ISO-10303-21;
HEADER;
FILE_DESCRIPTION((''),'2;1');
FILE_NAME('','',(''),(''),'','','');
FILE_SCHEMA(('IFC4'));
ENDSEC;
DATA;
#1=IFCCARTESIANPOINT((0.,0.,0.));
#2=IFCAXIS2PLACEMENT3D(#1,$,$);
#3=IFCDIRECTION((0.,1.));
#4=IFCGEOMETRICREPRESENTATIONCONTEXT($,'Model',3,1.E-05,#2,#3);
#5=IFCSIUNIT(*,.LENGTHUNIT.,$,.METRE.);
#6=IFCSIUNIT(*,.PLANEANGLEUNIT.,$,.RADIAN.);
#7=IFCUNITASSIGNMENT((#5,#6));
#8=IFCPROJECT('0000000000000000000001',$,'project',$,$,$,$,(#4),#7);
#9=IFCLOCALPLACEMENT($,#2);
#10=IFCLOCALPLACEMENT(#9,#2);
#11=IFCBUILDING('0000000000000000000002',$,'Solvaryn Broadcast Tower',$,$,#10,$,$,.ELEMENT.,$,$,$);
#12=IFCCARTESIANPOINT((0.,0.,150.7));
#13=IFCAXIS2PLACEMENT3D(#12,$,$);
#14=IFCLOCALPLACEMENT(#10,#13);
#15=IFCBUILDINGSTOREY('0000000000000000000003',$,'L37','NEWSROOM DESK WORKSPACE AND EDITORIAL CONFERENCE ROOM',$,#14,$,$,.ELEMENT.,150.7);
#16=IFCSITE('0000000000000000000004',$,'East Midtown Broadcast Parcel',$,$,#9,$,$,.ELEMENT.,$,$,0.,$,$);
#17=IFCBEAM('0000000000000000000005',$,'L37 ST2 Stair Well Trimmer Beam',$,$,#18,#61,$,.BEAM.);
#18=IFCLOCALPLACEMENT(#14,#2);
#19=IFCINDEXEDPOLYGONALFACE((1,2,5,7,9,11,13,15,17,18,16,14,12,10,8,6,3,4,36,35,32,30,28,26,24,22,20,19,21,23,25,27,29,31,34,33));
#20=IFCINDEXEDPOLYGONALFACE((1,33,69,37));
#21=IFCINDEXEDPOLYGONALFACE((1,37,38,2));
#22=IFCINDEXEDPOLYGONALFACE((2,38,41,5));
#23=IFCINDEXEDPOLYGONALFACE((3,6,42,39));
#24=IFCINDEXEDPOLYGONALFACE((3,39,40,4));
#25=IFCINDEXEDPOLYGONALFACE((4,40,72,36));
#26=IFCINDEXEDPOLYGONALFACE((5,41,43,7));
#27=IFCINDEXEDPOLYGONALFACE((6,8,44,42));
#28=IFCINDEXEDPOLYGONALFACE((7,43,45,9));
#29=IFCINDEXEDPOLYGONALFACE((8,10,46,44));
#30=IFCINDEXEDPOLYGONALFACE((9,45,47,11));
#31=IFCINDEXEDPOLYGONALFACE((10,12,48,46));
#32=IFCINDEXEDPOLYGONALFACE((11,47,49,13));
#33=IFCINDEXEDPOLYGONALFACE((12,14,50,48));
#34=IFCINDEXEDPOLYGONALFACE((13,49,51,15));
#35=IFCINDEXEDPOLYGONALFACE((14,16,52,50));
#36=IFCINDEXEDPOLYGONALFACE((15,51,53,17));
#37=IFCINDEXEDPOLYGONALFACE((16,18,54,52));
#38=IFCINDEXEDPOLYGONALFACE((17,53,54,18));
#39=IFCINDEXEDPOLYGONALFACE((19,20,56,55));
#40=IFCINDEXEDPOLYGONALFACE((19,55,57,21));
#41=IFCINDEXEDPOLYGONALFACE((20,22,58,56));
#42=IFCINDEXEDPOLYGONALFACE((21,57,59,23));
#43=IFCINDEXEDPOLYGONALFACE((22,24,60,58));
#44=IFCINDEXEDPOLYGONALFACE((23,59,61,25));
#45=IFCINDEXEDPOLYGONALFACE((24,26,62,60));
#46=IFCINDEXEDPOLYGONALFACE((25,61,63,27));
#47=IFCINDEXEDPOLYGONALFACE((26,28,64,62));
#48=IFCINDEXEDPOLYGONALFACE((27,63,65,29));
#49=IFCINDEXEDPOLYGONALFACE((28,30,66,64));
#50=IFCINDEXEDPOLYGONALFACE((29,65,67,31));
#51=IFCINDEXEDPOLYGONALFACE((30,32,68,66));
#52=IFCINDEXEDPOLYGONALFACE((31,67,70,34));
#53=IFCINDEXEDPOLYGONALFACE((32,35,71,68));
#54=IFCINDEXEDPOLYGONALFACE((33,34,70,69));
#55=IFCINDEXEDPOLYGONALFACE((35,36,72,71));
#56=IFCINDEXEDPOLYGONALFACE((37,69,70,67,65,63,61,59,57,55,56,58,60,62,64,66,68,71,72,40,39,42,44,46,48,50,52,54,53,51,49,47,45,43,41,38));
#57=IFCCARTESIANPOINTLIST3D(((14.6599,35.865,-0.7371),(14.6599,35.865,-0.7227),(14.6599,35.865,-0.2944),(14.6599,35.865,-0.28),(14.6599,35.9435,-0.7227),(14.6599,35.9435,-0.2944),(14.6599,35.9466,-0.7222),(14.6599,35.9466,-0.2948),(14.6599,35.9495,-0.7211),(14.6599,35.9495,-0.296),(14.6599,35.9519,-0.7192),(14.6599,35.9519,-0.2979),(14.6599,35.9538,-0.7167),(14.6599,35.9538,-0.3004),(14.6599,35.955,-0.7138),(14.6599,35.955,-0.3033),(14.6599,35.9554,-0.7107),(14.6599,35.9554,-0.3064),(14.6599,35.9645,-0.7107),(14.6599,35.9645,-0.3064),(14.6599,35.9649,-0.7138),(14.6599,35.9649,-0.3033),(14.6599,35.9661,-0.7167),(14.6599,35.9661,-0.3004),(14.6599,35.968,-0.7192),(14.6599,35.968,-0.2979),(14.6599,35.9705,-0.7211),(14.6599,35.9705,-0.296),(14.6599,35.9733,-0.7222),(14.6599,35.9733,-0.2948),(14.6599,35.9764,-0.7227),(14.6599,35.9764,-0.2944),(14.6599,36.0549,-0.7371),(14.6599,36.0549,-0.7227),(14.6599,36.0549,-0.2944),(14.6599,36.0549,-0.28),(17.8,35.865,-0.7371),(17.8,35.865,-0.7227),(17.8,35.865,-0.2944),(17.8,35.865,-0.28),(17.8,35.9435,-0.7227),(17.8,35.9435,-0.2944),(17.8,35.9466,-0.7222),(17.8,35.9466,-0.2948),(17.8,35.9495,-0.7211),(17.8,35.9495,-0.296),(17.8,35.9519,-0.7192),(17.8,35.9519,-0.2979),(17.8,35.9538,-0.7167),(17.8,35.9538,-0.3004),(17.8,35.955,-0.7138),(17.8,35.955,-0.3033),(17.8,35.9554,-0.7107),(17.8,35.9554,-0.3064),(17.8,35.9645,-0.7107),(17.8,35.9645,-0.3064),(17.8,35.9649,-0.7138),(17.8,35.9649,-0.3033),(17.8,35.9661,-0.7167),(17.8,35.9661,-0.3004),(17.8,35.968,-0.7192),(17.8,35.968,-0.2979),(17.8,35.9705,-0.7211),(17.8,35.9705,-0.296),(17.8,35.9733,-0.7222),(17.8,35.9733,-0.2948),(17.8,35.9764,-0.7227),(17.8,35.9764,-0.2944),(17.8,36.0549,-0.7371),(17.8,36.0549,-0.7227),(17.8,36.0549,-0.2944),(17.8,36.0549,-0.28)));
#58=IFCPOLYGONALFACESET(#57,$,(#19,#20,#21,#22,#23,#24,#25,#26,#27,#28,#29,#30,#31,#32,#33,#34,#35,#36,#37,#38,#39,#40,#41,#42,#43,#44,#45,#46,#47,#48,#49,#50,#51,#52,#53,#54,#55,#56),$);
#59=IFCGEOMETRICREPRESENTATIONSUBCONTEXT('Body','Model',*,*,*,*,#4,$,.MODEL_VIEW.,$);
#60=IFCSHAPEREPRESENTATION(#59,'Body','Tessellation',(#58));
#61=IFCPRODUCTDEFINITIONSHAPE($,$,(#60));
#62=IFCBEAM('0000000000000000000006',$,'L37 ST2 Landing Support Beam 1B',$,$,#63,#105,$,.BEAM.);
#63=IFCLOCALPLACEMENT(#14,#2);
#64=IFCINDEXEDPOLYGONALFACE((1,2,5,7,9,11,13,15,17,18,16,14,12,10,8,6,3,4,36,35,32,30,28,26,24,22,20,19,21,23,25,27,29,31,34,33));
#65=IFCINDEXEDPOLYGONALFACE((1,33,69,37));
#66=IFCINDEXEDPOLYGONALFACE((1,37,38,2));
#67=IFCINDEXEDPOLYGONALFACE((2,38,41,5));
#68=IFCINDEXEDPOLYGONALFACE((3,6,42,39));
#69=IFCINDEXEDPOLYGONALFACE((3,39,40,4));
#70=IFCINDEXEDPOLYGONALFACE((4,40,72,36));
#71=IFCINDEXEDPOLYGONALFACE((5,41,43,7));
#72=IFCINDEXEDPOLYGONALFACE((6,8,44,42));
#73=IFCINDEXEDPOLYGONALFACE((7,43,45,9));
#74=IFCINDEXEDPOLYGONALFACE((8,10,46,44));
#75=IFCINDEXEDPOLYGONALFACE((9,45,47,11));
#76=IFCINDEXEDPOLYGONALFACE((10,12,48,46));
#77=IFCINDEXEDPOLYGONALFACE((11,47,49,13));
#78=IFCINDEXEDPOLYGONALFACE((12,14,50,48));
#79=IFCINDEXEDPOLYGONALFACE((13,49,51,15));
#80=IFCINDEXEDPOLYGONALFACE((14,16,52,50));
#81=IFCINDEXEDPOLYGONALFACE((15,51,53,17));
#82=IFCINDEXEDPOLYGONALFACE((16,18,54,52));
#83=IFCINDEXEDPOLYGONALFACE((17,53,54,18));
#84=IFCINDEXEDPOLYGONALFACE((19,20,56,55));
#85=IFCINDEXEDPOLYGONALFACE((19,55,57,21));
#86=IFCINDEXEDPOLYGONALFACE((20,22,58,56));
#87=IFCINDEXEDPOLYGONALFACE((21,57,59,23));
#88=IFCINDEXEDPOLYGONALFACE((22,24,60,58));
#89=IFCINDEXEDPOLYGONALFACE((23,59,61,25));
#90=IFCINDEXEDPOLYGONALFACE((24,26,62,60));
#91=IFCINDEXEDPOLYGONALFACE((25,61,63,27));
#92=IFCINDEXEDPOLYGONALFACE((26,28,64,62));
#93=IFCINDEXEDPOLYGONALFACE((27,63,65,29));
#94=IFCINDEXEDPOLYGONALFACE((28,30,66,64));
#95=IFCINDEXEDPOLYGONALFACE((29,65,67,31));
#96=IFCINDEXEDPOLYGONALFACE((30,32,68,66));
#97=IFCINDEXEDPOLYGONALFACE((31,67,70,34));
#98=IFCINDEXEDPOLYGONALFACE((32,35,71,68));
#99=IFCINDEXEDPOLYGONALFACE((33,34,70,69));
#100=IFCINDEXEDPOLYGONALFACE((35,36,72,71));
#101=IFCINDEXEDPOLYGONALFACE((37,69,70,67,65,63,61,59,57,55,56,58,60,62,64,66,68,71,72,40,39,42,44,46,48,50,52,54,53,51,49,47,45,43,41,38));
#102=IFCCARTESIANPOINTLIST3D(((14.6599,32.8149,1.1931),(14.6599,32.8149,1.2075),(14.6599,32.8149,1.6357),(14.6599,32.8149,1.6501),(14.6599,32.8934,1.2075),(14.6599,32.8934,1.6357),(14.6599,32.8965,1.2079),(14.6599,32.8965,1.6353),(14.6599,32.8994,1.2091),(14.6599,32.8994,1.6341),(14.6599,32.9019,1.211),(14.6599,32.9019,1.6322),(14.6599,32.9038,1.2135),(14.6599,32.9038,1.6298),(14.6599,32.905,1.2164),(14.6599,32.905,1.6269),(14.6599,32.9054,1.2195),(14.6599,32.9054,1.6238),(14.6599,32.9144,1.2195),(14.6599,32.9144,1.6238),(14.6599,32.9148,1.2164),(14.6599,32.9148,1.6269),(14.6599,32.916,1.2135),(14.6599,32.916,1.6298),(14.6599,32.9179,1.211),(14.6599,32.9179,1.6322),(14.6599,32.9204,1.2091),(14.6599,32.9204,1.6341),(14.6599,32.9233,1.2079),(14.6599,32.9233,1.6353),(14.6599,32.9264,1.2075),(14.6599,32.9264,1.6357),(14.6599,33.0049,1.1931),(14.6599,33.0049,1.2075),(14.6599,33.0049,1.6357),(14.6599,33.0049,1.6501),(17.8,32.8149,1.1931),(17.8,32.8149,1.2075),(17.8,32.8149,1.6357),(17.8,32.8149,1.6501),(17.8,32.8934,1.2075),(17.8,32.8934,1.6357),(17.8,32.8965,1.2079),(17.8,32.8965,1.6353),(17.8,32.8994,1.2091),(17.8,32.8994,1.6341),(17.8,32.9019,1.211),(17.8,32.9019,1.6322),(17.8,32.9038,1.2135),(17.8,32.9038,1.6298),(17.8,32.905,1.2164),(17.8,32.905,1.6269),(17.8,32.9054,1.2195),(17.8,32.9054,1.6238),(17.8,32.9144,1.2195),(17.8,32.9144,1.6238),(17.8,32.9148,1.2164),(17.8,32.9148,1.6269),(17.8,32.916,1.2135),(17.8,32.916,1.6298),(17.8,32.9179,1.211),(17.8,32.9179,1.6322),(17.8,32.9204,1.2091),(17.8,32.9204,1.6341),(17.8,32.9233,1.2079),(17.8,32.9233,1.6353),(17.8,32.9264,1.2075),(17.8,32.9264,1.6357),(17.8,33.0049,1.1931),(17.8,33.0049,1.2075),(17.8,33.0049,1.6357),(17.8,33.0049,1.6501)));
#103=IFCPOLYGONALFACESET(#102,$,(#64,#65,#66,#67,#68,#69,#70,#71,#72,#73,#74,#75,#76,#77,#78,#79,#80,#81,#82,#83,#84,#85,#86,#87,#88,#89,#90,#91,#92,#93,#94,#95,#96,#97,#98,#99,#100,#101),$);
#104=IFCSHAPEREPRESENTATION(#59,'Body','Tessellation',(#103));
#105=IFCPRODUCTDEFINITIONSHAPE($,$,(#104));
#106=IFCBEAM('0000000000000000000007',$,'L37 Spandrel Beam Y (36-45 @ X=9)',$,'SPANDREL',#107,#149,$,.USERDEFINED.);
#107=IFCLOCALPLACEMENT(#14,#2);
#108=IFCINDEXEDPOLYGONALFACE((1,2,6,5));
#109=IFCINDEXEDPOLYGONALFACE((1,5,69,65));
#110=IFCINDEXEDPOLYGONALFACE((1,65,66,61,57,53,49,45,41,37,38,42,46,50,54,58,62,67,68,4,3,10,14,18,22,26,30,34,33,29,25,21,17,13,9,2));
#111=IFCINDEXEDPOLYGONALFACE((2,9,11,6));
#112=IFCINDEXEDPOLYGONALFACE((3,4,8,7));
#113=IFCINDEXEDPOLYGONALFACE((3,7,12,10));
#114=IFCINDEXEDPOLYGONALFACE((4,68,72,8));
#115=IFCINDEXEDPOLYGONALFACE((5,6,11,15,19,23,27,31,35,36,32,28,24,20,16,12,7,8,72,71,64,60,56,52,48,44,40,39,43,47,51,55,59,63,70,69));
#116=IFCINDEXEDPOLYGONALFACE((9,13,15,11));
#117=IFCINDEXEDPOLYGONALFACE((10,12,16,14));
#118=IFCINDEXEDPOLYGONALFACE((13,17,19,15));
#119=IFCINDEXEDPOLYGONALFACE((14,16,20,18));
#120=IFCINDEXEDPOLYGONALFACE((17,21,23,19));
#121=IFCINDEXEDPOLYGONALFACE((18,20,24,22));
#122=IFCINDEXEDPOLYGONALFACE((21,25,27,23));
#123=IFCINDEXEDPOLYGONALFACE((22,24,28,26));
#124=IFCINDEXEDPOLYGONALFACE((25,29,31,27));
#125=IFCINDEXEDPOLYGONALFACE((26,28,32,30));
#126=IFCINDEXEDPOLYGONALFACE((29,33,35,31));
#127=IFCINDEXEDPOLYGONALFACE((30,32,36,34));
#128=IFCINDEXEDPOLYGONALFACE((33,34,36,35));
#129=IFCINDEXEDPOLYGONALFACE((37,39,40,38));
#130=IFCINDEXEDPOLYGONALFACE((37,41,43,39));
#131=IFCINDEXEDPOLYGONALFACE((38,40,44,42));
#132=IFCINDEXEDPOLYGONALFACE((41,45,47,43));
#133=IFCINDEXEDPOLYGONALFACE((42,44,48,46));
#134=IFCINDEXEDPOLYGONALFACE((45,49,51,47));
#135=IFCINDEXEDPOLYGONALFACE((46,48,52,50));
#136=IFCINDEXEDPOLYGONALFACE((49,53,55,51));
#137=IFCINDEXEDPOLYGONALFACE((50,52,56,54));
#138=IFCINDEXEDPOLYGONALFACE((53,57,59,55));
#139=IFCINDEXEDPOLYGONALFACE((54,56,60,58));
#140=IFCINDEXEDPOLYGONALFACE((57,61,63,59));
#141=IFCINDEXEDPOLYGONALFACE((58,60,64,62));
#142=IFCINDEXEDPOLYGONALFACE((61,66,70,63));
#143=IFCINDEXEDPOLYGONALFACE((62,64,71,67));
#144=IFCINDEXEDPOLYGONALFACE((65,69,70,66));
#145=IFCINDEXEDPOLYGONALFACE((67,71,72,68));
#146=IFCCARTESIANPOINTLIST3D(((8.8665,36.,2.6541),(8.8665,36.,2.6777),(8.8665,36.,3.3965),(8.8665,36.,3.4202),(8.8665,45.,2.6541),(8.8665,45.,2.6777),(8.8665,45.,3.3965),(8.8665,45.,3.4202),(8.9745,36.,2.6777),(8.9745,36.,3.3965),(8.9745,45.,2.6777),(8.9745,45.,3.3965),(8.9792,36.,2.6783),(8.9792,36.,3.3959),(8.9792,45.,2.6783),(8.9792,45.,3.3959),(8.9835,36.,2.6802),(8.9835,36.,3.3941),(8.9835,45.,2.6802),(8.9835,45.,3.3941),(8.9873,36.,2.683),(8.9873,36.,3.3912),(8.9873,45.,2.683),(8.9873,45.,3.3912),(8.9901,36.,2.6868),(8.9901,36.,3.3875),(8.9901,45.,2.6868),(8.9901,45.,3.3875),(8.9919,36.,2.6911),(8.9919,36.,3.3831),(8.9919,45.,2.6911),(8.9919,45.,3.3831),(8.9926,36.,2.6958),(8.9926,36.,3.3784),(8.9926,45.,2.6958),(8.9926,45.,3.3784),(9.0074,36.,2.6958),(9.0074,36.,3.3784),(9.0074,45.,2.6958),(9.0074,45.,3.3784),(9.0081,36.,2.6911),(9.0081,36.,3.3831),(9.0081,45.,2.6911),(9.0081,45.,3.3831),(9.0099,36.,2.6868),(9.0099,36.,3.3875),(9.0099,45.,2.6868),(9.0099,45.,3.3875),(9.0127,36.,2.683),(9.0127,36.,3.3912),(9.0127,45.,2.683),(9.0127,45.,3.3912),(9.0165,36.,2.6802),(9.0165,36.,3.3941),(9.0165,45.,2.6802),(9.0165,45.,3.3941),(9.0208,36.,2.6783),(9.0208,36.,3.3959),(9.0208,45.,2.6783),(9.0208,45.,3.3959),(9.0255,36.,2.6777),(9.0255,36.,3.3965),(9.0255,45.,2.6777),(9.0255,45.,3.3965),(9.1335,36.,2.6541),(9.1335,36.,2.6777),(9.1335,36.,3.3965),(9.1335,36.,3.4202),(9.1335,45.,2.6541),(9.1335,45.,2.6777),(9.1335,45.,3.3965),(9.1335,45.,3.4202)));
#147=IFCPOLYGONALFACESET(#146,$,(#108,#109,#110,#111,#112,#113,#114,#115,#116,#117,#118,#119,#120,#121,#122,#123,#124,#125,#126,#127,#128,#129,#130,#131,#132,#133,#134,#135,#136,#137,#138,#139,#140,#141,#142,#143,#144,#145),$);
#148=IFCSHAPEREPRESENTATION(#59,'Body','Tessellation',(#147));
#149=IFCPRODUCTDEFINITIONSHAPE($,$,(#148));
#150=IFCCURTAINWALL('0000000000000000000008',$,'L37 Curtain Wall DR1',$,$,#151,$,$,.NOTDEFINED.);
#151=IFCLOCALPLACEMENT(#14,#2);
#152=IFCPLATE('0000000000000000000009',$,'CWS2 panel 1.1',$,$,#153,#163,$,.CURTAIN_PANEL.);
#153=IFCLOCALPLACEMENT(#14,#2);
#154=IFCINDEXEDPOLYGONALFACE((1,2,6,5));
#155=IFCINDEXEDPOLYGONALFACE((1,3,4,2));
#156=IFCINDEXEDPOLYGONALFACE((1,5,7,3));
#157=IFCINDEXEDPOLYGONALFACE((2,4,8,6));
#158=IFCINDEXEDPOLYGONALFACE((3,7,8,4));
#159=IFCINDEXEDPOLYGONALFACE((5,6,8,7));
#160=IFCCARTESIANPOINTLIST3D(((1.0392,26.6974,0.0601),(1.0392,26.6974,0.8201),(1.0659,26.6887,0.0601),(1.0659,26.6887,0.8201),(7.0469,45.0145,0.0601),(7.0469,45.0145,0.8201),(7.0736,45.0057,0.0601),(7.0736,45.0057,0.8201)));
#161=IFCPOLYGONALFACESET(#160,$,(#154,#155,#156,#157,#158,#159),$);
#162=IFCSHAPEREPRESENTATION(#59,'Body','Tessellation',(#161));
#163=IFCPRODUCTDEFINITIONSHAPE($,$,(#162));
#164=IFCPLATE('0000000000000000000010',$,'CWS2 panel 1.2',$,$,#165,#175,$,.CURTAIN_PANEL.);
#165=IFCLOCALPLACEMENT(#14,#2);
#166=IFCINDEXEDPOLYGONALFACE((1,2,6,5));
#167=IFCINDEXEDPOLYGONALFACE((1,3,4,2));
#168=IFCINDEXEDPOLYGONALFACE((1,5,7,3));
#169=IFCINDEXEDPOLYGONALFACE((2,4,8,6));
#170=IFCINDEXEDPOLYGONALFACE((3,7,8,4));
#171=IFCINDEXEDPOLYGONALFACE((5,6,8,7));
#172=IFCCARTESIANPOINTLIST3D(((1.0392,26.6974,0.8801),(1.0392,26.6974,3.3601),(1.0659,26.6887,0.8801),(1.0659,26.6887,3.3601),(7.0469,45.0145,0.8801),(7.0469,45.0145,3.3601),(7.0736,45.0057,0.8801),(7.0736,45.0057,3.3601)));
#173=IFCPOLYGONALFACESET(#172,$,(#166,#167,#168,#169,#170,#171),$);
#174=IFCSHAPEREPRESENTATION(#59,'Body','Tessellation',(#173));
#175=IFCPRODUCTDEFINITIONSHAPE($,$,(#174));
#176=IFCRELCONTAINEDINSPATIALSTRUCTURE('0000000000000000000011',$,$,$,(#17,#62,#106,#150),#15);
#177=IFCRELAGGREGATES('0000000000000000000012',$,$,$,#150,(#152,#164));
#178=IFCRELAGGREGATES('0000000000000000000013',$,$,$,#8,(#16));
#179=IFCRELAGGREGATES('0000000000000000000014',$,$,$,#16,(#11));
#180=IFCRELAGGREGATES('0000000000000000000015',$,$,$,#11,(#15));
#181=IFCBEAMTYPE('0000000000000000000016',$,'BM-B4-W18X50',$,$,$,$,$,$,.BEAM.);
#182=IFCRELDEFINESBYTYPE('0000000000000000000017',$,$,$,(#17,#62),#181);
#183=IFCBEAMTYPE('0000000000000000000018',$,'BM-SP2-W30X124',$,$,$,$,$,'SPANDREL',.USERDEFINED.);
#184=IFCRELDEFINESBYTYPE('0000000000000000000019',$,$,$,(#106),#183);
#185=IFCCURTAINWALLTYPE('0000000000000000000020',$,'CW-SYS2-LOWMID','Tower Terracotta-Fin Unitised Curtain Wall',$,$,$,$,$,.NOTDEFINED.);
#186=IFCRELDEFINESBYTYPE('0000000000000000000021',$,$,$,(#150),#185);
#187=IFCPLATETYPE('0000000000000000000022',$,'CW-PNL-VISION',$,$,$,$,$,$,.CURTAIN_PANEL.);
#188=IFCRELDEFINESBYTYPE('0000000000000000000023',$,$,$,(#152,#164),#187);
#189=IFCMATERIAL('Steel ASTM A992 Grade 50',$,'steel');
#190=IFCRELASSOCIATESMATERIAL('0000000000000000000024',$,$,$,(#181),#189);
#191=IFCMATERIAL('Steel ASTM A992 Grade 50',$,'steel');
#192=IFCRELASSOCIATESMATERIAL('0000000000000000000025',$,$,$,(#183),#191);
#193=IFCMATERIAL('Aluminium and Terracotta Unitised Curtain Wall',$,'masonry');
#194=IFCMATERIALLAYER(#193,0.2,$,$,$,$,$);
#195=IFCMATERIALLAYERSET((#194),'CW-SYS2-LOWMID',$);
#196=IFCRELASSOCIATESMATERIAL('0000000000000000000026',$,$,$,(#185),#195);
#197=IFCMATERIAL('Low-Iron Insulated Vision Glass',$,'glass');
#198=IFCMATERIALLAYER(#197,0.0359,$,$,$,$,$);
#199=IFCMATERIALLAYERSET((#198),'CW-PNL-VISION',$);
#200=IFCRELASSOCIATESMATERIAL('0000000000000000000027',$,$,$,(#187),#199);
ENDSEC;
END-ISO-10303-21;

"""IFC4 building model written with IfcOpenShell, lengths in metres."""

from ifc_helpers import new_model, si_unit, direction, frame, origin, origin_2d, place, context, subcontext, project, spatial, rectangle, i_section, extrude, material, layer, layer_set, material_profile, profile_set, type_object, element, aggregate, save


model = new_model("IFC4")

# Units and contexts
model_context = context("Model", 3, precision=1e-05, world=origin(), true_north=direction((0.0, 1.0)))
body_context = subcontext(model_context, "Body", "Model", "MODEL_VIEW")
ifc_project = project(units=[si_unit("LENGTHUNIT", "METRE"), si_unit("PLANEANGLEUNIT", "RADIAN")], contexts=[model_context])

# Site, building, storey
site_placement = place(None, origin())
site = spatial("IfcSite", under=ifc_project, at=site_placement, Name="East Midtown Broadcast Parcel", CompositionType="ELEMENT", RefElevation=0.0)
building_placement = place(site_placement, origin())
building = spatial("IfcBuilding", under=site, at=building_placement, Name="Solvaryn Broadcast Tower", CompositionType="ELEMENT")
storey_placement = place(building_placement, frame((0.0, 0.0, 150.7)))
storey = spatial("IfcBuildingStorey", under=building, at=storey_placement, Name="L37", Description="NEWSROOM DESK WORKSPACE AND EDITORIAL CONFERENCE ROOM", CompositionType="ELEMENT", Elevation=150.7)

# Beams
ifc_material_1 = material(Name="Steel ASTM A992 Grade 50", Category="steel")
ifc_material_profile_1 = material_profile(ifc_material_1, i_section(OverallWidth=0.1899, OverallDepth=0.457, WebThickness=0.009, FlangeThickness=0.0144, FilletRadius=0.012, at=origin_2d()))
ifc_profile_set_1 = profile_set([ifc_material_profile_1], Name="Steel ASTM A992 Grade 50")
beam_type_1 = type_object("IfcBeamType", Name="BM-B4-W18X50", PredefinedType="BEAM", material=ifc_profile_set_1)
for number, where, z_axis, x_axis, name in (
    (1, (14.6599, 35.96, -0.5085), (1.0, 0.0, 0.0), (0.0, 1.0, 0.0), "L37 ST2 Stair Well Trimmer Beam"),
    (2, (14.6599, 32.9099, 1.4216), (1.0, 0.0, 0.0), (0.0, 1.0, 0.0), "L37 ST2 Landing Support Beam 1B"),
):
    element("IfcBeam", number, at=place(storey_placement, frame(where, z_axis=z_axis, x_axis=x_axis)), inside=storey, type_object=beam_type_1, Name=name, PredefinedType="BEAM", context=body_context, shape_type="SweptSolid", body=[
        extrude(i_section(OverallWidth=0.1899, OverallDepth=0.457, WebThickness=0.009, FlangeThickness=0.0144, FilletRadius=0.012, at=origin_2d()), origin(), (0.0, 0.0, 1.0), 3.1401),
    ])
ifc_material_2 = material(Name="Steel ASTM A992 Grade 50", Category="steel")
ifc_material_profile_2 = material_profile(ifc_material_2, i_section(OverallWidth=0.2671, OverallDepth=0.7661, WebThickness=0.0149, FlangeThickness=0.0237, FilletRadius=0.0181, at=origin_2d()))
ifc_profile_set_2 = profile_set([ifc_material_profile_2], Name="Steel ASTM A992 Grade 50")
beam_type_2 = type_object("IfcBeamType", Name="BM-SP2-W30X124", ElementType="SPANDREL", PredefinedType="USERDEFINED", material=ifc_profile_set_2)
beam_1_placement = place(storey_placement, frame((9.0, 36.0, 3.0371), z_axis=(0.0, 1.0, 0.0), x_axis=(-1.0, 0.0, 0.0)))
element("IfcBeam", 3, at=beam_1_placement, inside=storey, type_object=beam_type_2, Name="L37 Spandrel Beam Y (36-45 @ X=9)", ObjectType="SPANDREL", PredefinedType="USERDEFINED", context=body_context, shape_type="SweptSolid", body=[
    extrude(i_section(OverallWidth=0.2671, OverallDepth=0.7661, WebThickness=0.0149, FlangeThickness=0.0237, FilletRadius=0.0181, at=origin_2d()), origin(), (0.0, 0.0, 1.0), 9.0),
])

# Curtain wall, plates
ifc_material_3 = material(Name="Aluminium and Terracotta Unitised Curtain Wall", Category="masonry")
ifc_layer_1 = layer(ifc_material_3, 0.2)
ifc_layer_set_1 = layer_set([ifc_layer_1], Name="CW-SYS2-LOWMID")
curtain_wall_type = type_object("IfcCurtainWallType", Name="CW-SYS2-LOWMID", Description="Tower Terracotta-Fin Unitised Curtain Wall", PredefinedType="NOTDEFINED", material=ifc_layer_set_1)
curtain_wall_placement = place(storey_placement, origin())
curtain_wall = element("IfcCurtainWall", 4, at=curtain_wall_placement, inside=storey, type_object=curtain_wall_type, Name="L37 Curtain Wall DR1", PredefinedType="NOTDEFINED")
ifc_material_4 = material(Name="Low-Iron Insulated Vision Glass", Category="glass")
ifc_layer_2 = layer(ifc_material_4, 0.0359)
ifc_layer_set_2 = layer_set([ifc_layer_2], Name="CW-PNL-VISION")
plate_type = type_object("IfcPlateType", Name="CW-PNL-VISION", PredefinedType="CURTAIN_PANEL", material=ifc_layer_set_2)
plate_1_placement = place(storey_placement, frame((4.0564, 35.8516, 0.0601), z_axis=(0.0, 0.0, 1.0), x_axis=(-0.311646, -0.950198, 0.0)))
plate_1 = element("IfcPlate", 5, at=plate_1_placement, type_object=plate_type, Name="CWS2 panel 1.1", PredefinedType="CURTAIN_PANEL", context=body_context, shape_type="SweptSolid", body=[
    extrude(rectangle(XDim=19.2771, YDim=0.0281, at=origin_2d()), origin(), (0.0, 0.0, 1.0), 0.76),
])
plate_2_placement = place(storey_placement, frame((4.0564, 35.8516, 0.8801), z_axis=(0.0, 0.0, 1.0), x_axis=(-0.311646, -0.950198, 0.0)))
plate_2 = element("IfcPlate", 6, at=plate_2_placement, type_object=plate_type, Name="CWS2 panel 1.2", PredefinedType="CURTAIN_PANEL", context=body_context, shape_type="SweptSolid", body=[
    extrude(rectangle(XDim=19.2771, YDim=0.0281, at=origin_2d()), origin(), (0.0, 0.0, 1.0), 2.48),
])
aggregate(curtain_wall, [plate_1, plate_2])

save(model, "model.ifc")
